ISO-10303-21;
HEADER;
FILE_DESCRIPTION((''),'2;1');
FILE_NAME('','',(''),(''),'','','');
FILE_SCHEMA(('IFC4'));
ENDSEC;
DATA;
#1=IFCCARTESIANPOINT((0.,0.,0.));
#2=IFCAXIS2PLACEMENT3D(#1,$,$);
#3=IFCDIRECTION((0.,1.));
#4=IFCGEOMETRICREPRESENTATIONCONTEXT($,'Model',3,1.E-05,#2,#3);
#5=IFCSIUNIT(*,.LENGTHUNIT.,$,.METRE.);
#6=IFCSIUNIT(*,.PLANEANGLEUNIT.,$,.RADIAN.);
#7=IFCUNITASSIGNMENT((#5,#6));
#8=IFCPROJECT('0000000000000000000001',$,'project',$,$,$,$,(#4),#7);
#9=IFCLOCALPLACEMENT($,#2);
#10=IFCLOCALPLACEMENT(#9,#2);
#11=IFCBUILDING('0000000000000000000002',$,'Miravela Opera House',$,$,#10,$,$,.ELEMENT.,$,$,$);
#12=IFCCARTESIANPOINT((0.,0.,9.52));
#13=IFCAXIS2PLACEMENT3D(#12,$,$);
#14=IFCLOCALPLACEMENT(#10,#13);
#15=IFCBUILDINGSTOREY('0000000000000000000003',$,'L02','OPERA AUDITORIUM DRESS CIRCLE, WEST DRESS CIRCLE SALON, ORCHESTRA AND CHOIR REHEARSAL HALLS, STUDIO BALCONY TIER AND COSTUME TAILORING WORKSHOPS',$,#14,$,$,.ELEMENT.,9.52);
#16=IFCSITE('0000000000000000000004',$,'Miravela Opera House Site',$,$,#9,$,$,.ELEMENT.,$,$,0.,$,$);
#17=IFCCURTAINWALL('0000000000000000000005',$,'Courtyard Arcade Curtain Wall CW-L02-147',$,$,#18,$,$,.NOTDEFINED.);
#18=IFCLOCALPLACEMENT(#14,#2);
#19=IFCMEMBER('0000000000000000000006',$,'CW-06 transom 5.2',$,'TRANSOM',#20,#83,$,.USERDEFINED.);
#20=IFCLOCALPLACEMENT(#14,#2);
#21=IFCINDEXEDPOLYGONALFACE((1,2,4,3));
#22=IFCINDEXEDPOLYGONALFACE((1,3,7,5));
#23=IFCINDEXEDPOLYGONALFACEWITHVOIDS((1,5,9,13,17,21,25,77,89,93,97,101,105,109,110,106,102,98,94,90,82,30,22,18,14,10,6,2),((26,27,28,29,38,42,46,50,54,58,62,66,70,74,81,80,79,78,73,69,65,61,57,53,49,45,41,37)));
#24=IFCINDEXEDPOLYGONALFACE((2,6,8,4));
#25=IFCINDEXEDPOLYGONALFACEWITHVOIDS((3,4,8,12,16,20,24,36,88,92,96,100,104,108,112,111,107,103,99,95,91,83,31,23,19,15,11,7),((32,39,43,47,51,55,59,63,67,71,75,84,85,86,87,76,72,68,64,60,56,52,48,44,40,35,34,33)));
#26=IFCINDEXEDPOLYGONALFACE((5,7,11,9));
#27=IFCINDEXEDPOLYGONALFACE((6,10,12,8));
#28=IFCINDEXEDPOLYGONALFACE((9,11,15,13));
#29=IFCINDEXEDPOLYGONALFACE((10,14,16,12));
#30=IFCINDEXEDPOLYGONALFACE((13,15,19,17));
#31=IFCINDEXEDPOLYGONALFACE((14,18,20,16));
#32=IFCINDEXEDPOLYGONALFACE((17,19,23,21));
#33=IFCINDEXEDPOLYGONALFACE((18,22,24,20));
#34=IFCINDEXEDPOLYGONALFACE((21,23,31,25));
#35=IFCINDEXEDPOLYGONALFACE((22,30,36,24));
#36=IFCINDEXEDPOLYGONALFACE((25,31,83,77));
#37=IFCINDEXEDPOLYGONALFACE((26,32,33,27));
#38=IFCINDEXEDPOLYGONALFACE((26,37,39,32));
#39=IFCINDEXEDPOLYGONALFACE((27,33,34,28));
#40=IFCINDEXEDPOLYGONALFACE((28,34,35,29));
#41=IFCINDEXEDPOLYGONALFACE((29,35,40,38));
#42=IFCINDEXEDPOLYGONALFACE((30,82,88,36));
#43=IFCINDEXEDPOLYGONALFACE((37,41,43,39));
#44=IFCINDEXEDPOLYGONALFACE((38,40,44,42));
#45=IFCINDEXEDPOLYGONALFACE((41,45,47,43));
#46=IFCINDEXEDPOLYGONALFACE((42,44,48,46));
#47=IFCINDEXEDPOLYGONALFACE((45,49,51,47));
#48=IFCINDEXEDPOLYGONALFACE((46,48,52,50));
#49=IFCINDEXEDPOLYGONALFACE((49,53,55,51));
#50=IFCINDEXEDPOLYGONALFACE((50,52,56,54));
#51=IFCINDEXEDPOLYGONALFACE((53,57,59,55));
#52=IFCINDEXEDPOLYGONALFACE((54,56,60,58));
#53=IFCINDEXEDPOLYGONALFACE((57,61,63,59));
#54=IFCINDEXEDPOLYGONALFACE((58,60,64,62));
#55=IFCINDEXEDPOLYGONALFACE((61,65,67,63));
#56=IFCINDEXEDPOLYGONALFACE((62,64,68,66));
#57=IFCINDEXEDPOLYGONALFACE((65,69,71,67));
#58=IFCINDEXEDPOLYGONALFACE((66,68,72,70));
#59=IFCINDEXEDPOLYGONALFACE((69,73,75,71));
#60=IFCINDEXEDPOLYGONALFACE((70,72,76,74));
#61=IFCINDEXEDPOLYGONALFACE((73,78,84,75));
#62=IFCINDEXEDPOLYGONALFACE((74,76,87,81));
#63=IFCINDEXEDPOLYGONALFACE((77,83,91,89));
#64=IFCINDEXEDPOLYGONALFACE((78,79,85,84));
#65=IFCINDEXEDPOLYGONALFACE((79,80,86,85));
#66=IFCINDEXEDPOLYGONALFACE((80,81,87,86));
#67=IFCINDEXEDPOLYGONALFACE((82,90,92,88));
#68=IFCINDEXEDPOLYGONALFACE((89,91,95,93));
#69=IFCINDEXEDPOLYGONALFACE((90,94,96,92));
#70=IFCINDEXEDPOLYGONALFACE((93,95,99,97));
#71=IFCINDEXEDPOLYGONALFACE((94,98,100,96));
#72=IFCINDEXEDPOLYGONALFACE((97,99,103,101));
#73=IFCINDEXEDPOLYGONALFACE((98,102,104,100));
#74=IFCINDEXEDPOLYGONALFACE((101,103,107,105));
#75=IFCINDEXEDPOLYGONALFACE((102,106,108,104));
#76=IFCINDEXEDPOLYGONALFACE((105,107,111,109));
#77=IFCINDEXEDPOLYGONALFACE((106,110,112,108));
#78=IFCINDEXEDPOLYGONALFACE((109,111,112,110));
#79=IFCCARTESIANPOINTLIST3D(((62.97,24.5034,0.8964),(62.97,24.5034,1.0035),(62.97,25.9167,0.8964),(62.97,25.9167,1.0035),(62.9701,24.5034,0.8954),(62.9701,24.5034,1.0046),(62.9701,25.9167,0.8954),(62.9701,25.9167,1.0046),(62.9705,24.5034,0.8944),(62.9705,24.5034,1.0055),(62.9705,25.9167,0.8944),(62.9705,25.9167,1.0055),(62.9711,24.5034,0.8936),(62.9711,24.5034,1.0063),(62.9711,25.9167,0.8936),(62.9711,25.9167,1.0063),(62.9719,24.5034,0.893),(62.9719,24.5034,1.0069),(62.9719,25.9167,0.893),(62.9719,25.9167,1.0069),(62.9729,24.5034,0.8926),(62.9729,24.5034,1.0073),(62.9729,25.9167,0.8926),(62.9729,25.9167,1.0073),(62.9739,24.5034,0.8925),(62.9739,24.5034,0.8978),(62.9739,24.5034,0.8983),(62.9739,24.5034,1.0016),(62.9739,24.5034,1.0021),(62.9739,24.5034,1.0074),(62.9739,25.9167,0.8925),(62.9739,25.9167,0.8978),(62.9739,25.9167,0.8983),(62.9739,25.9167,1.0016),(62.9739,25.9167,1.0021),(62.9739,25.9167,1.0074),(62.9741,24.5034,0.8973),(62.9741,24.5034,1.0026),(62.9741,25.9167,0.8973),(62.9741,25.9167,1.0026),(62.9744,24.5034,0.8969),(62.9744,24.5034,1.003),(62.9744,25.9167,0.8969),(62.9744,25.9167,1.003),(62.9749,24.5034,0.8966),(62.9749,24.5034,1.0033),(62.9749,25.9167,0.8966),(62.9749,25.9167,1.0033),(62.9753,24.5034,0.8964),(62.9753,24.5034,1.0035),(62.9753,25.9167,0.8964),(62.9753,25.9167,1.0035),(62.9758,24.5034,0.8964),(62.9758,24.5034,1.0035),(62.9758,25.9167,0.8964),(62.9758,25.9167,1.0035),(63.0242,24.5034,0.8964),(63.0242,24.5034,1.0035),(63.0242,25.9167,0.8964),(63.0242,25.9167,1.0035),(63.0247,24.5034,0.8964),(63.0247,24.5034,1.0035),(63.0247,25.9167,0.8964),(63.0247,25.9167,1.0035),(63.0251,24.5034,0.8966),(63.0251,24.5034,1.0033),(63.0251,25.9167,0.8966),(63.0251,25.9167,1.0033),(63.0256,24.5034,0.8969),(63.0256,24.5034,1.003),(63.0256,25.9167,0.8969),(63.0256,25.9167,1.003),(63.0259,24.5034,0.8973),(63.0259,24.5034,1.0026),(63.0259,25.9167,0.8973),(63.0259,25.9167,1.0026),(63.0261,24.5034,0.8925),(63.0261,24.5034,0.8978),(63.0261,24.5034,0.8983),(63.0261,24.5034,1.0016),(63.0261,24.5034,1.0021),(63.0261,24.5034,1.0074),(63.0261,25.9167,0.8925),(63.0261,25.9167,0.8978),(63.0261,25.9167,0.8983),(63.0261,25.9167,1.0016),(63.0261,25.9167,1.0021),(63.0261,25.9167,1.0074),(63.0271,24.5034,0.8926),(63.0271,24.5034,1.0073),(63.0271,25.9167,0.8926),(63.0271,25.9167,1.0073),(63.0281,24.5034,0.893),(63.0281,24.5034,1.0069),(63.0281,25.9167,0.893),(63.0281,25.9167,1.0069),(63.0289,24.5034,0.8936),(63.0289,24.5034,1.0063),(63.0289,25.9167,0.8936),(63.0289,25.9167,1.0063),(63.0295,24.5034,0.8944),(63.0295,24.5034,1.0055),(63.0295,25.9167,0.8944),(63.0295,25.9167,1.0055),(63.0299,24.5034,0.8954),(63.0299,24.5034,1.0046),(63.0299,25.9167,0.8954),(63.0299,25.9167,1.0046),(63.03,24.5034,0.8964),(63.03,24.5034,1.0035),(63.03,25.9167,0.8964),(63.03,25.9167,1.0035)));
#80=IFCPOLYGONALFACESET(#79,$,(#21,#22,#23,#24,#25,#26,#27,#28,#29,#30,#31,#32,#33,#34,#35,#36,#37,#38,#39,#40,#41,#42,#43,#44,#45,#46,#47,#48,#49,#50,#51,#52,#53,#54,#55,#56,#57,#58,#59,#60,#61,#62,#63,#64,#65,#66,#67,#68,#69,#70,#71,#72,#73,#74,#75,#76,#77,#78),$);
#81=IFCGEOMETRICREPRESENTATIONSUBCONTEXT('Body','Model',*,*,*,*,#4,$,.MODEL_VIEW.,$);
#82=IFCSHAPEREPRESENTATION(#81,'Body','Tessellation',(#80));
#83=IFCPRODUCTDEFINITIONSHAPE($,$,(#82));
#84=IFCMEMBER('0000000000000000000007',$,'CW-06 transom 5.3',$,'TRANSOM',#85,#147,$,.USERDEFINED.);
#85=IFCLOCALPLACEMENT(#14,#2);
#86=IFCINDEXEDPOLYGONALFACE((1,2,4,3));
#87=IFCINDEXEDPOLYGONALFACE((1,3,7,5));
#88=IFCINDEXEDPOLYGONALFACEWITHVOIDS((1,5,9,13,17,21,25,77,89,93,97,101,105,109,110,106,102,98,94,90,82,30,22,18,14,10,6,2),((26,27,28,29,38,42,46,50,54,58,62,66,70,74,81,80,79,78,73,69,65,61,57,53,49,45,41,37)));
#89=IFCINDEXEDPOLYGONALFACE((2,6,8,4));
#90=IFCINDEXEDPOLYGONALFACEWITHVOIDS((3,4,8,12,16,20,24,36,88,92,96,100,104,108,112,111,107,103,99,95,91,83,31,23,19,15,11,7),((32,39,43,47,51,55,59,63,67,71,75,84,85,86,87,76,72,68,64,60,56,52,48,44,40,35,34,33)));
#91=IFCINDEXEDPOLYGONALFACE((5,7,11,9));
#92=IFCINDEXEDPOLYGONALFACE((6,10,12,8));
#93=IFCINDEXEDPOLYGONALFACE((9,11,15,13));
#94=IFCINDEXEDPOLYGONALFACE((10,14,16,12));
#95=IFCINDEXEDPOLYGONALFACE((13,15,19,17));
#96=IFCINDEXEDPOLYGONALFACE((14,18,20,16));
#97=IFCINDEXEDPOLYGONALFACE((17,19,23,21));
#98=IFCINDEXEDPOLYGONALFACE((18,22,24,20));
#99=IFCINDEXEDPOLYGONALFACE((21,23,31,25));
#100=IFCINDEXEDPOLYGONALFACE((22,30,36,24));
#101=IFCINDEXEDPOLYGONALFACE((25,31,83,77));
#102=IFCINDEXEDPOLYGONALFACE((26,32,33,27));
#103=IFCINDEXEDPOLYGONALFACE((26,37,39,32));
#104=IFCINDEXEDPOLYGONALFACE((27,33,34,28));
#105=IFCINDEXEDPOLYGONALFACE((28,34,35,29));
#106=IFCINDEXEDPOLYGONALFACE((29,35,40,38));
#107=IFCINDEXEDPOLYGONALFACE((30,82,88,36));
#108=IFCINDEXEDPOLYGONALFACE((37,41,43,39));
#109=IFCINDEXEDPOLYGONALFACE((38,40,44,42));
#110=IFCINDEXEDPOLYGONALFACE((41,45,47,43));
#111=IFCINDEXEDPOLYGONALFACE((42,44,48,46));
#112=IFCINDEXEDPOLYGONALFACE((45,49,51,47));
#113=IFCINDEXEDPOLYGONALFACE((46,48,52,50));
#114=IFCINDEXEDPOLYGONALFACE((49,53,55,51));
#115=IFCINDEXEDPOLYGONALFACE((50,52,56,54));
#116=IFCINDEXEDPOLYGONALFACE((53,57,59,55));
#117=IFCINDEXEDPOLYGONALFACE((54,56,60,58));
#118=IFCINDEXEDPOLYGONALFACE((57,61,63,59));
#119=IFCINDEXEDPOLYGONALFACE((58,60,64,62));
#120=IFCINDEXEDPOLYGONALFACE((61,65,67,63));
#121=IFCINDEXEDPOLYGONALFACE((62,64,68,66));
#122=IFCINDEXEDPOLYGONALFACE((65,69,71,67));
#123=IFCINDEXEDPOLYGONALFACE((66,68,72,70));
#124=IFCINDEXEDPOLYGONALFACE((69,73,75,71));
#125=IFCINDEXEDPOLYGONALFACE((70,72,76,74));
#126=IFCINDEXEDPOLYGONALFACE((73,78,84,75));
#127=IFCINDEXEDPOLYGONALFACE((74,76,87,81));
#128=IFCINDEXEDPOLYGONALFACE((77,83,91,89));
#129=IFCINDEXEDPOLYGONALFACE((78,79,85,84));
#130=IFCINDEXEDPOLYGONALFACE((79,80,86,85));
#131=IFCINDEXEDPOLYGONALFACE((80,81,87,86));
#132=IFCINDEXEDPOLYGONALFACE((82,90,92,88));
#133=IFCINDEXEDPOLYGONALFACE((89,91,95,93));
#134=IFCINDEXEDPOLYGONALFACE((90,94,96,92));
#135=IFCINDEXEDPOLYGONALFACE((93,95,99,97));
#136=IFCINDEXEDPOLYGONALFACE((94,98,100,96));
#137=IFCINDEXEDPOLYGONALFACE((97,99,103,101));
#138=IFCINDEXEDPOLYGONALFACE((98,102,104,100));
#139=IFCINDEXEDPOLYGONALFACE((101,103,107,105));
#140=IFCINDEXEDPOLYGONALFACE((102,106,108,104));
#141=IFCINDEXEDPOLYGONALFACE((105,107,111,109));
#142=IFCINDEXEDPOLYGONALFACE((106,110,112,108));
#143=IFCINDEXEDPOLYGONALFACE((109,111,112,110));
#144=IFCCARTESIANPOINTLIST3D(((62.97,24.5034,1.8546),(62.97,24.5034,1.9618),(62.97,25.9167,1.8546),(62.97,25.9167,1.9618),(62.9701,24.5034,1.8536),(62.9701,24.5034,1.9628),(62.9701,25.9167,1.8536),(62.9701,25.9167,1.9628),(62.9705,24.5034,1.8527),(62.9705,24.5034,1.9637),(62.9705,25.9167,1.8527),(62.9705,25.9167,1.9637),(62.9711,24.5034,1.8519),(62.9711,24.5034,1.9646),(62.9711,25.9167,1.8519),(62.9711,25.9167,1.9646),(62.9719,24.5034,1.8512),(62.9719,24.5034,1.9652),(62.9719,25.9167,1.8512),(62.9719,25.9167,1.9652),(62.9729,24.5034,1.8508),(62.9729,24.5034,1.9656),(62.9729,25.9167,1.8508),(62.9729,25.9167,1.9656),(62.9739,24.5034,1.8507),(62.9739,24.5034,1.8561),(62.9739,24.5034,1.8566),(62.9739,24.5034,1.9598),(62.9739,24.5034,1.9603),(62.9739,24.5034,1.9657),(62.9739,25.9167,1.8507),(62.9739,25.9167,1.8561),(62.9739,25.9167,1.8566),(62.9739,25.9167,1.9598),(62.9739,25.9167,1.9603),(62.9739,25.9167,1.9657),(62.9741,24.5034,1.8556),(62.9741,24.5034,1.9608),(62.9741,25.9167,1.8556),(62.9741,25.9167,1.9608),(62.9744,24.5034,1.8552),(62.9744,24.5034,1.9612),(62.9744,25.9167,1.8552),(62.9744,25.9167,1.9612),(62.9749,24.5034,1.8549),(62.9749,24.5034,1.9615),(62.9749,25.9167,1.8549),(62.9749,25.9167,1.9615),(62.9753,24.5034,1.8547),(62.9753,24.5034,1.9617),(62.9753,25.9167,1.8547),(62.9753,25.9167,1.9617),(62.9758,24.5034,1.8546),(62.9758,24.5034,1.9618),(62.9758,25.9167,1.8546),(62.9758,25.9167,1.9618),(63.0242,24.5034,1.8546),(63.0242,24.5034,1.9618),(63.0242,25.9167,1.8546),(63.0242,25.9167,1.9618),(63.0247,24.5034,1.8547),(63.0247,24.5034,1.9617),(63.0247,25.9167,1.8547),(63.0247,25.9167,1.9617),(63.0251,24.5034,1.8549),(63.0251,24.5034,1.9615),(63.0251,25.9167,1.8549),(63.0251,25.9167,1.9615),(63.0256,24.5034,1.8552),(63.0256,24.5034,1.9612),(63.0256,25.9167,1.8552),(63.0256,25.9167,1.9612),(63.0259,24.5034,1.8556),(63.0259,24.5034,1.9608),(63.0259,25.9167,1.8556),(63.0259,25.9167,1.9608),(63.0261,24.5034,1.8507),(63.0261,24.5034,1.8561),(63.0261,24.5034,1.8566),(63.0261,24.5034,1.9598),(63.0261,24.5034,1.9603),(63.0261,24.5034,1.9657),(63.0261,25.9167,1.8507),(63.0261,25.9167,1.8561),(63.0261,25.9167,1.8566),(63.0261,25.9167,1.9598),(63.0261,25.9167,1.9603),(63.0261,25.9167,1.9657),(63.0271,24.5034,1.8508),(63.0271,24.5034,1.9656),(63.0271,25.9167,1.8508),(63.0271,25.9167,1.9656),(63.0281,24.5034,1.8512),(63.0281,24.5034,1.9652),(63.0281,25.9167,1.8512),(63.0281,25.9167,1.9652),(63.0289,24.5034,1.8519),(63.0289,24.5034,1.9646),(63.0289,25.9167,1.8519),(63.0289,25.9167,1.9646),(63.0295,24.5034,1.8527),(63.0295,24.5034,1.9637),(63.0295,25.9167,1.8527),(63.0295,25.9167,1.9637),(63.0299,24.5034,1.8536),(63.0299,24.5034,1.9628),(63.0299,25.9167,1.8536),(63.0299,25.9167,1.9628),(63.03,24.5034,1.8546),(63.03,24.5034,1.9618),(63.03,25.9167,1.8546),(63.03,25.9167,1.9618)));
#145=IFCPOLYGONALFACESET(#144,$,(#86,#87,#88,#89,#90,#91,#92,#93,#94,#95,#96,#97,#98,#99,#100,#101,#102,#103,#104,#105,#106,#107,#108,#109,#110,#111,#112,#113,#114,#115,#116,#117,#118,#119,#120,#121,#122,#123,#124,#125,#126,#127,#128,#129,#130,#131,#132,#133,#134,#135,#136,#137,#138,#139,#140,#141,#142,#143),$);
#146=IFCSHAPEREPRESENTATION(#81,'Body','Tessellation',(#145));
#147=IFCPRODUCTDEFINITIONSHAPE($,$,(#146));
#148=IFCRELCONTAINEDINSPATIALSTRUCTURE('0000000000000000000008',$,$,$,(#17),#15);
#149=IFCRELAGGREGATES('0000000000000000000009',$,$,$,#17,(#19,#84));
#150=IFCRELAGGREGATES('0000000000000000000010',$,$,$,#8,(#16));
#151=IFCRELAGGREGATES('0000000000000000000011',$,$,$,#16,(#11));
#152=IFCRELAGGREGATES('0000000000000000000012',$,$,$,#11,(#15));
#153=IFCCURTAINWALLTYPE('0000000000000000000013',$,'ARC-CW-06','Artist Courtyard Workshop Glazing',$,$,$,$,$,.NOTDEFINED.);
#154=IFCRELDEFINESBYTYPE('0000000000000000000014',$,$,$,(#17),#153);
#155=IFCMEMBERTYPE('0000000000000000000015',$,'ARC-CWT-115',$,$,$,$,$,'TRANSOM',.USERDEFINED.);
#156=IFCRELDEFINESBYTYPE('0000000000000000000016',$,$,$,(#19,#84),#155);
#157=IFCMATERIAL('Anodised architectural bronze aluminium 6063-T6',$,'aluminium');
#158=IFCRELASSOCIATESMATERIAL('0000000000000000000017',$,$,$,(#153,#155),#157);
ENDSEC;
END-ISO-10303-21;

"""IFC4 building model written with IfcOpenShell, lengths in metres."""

from ifc_helpers import new_model, si_unit, direction, frame, origin, origin_2d, place, context, subcontext, project, spatial, hollow_rectangle, extrude, material, material_profile, profile_set, type_object, element, aggregate, save


model = new_model("IFC4")

# Units and contexts
model_context = context("Model", 3, precision=1e-05, world=origin(), true_north=direction((0.0, 1.0)))
body_context = subcontext(model_context, "Body", "Model", "MODEL_VIEW")
ifc_project = project(units=[si_unit("LENGTHUNIT", "METRE"), si_unit("PLANEANGLEUNIT", "RADIAN")], contexts=[model_context])

# Site, building, storey
site_placement = place(None, origin())
site = spatial("IfcSite", under=ifc_project, at=site_placement, Name="Miravela Opera House Site", CompositionType="ELEMENT", RefElevation=0.0)
building_placement = place(site_placement, origin())
building = spatial("IfcBuilding", under=site, at=building_placement, Name="Miravela Opera House", CompositionType="ELEMENT")
storey_placement = place(building_placement, frame((0.0, 0.0, 9.52)))
storey = spatial("IfcBuildingStorey", under=building, at=storey_placement, Name="L02", Description="OPERA AUDITORIUM DRESS CIRCLE, WEST DRESS CIRCLE SALON, ORCHESTRA AND CHOIR REHEARSAL HALLS, STUDIO BALCONY TIER AND COSTUME TAILORING WORKSHOPS", CompositionType="ELEMENT", Elevation=9.52)

# Curtain wall, members
ifc_material_1 = material(Name="Anodised architectural bronze aluminium 6063-T6", Category="aluminium")
curtain_wall_type = type_object("IfcCurtainWallType", Name="ARC-CW-06", Description="Artist Courtyard Workshop Glazing", PredefinedType="NOTDEFINED", material=ifc_material_1)
curtain_wall_1_placement = place(storey_placement, origin())
curtain_wall_1 = element("IfcCurtainWall", 1, at=curtain_wall_1_placement, inside=storey, type_object=curtain_wall_type, Name="Courtyard Arcade Curtain Wall CW-L02-147", PredefinedType="NOTDEFINED")
ifc_material_profile_1 = material_profile(ifc_material_1, hollow_rectangle(XDim=0.0601, YDim=0.115, WallThickness=0.0039, InnerFilletRadius=0.002, OuterFilletRadius=0.0039, at=origin_2d()), Name="CWT-60X115")
ifc_profile_set_1 = profile_set([ifc_material_profile_1])
member_type_1 = type_object("IfcMemberType", Name="ARC-CWT-115", ElementType="TRANSOM", PredefinedType="USERDEFINED", material=ifc_profile_set_1)
member_1_placement = place(storey_placement, frame((63.0, 24.5034, 0.95), z_axis=(0.0, 1.0, 0.0), x_axis=(-1.0, 0.0, 0.0)))
member_1 = element("IfcMember", 2, at=member_1_placement, type_object=member_type_1, Name="CW-06 transom 5.2", ObjectType="TRANSOM", PredefinedType="USERDEFINED", context=body_context, shape_type="SweptSolid", body=[
    extrude(hollow_rectangle(XDim=0.0601, YDim=0.115, WallThickness=0.0039, InnerFilletRadius=0.002, OuterFilletRadius=0.0039, at=origin_2d()), origin(), (0.0, 0.0, 1.0), 1.4133),
])
member_2_placement = place(storey_placement, frame((63.0, 24.5034, 1.9082), z_axis=(0.0, 1.0, 0.0), x_axis=(-1.0, 0.0, 0.0)))
member_2 = element("IfcMember", 3, at=member_2_placement, type_object=member_type_1, Name="CW-06 transom 5.3", ObjectType="TRANSOM", PredefinedType="USERDEFINED", context=body_context, shape_type="SweptSolid", body=[
    extrude(hollow_rectangle(XDim=0.0601, YDim=0.115, WallThickness=0.0039, InnerFilletRadius=0.002, OuterFilletRadius=0.0039, at=origin_2d()), origin(), (0.0, 0.0, 1.0), 1.4133),
])

aggregate(curtain_wall_1, [member_1, member_2])

save(model, "model.ifc")
